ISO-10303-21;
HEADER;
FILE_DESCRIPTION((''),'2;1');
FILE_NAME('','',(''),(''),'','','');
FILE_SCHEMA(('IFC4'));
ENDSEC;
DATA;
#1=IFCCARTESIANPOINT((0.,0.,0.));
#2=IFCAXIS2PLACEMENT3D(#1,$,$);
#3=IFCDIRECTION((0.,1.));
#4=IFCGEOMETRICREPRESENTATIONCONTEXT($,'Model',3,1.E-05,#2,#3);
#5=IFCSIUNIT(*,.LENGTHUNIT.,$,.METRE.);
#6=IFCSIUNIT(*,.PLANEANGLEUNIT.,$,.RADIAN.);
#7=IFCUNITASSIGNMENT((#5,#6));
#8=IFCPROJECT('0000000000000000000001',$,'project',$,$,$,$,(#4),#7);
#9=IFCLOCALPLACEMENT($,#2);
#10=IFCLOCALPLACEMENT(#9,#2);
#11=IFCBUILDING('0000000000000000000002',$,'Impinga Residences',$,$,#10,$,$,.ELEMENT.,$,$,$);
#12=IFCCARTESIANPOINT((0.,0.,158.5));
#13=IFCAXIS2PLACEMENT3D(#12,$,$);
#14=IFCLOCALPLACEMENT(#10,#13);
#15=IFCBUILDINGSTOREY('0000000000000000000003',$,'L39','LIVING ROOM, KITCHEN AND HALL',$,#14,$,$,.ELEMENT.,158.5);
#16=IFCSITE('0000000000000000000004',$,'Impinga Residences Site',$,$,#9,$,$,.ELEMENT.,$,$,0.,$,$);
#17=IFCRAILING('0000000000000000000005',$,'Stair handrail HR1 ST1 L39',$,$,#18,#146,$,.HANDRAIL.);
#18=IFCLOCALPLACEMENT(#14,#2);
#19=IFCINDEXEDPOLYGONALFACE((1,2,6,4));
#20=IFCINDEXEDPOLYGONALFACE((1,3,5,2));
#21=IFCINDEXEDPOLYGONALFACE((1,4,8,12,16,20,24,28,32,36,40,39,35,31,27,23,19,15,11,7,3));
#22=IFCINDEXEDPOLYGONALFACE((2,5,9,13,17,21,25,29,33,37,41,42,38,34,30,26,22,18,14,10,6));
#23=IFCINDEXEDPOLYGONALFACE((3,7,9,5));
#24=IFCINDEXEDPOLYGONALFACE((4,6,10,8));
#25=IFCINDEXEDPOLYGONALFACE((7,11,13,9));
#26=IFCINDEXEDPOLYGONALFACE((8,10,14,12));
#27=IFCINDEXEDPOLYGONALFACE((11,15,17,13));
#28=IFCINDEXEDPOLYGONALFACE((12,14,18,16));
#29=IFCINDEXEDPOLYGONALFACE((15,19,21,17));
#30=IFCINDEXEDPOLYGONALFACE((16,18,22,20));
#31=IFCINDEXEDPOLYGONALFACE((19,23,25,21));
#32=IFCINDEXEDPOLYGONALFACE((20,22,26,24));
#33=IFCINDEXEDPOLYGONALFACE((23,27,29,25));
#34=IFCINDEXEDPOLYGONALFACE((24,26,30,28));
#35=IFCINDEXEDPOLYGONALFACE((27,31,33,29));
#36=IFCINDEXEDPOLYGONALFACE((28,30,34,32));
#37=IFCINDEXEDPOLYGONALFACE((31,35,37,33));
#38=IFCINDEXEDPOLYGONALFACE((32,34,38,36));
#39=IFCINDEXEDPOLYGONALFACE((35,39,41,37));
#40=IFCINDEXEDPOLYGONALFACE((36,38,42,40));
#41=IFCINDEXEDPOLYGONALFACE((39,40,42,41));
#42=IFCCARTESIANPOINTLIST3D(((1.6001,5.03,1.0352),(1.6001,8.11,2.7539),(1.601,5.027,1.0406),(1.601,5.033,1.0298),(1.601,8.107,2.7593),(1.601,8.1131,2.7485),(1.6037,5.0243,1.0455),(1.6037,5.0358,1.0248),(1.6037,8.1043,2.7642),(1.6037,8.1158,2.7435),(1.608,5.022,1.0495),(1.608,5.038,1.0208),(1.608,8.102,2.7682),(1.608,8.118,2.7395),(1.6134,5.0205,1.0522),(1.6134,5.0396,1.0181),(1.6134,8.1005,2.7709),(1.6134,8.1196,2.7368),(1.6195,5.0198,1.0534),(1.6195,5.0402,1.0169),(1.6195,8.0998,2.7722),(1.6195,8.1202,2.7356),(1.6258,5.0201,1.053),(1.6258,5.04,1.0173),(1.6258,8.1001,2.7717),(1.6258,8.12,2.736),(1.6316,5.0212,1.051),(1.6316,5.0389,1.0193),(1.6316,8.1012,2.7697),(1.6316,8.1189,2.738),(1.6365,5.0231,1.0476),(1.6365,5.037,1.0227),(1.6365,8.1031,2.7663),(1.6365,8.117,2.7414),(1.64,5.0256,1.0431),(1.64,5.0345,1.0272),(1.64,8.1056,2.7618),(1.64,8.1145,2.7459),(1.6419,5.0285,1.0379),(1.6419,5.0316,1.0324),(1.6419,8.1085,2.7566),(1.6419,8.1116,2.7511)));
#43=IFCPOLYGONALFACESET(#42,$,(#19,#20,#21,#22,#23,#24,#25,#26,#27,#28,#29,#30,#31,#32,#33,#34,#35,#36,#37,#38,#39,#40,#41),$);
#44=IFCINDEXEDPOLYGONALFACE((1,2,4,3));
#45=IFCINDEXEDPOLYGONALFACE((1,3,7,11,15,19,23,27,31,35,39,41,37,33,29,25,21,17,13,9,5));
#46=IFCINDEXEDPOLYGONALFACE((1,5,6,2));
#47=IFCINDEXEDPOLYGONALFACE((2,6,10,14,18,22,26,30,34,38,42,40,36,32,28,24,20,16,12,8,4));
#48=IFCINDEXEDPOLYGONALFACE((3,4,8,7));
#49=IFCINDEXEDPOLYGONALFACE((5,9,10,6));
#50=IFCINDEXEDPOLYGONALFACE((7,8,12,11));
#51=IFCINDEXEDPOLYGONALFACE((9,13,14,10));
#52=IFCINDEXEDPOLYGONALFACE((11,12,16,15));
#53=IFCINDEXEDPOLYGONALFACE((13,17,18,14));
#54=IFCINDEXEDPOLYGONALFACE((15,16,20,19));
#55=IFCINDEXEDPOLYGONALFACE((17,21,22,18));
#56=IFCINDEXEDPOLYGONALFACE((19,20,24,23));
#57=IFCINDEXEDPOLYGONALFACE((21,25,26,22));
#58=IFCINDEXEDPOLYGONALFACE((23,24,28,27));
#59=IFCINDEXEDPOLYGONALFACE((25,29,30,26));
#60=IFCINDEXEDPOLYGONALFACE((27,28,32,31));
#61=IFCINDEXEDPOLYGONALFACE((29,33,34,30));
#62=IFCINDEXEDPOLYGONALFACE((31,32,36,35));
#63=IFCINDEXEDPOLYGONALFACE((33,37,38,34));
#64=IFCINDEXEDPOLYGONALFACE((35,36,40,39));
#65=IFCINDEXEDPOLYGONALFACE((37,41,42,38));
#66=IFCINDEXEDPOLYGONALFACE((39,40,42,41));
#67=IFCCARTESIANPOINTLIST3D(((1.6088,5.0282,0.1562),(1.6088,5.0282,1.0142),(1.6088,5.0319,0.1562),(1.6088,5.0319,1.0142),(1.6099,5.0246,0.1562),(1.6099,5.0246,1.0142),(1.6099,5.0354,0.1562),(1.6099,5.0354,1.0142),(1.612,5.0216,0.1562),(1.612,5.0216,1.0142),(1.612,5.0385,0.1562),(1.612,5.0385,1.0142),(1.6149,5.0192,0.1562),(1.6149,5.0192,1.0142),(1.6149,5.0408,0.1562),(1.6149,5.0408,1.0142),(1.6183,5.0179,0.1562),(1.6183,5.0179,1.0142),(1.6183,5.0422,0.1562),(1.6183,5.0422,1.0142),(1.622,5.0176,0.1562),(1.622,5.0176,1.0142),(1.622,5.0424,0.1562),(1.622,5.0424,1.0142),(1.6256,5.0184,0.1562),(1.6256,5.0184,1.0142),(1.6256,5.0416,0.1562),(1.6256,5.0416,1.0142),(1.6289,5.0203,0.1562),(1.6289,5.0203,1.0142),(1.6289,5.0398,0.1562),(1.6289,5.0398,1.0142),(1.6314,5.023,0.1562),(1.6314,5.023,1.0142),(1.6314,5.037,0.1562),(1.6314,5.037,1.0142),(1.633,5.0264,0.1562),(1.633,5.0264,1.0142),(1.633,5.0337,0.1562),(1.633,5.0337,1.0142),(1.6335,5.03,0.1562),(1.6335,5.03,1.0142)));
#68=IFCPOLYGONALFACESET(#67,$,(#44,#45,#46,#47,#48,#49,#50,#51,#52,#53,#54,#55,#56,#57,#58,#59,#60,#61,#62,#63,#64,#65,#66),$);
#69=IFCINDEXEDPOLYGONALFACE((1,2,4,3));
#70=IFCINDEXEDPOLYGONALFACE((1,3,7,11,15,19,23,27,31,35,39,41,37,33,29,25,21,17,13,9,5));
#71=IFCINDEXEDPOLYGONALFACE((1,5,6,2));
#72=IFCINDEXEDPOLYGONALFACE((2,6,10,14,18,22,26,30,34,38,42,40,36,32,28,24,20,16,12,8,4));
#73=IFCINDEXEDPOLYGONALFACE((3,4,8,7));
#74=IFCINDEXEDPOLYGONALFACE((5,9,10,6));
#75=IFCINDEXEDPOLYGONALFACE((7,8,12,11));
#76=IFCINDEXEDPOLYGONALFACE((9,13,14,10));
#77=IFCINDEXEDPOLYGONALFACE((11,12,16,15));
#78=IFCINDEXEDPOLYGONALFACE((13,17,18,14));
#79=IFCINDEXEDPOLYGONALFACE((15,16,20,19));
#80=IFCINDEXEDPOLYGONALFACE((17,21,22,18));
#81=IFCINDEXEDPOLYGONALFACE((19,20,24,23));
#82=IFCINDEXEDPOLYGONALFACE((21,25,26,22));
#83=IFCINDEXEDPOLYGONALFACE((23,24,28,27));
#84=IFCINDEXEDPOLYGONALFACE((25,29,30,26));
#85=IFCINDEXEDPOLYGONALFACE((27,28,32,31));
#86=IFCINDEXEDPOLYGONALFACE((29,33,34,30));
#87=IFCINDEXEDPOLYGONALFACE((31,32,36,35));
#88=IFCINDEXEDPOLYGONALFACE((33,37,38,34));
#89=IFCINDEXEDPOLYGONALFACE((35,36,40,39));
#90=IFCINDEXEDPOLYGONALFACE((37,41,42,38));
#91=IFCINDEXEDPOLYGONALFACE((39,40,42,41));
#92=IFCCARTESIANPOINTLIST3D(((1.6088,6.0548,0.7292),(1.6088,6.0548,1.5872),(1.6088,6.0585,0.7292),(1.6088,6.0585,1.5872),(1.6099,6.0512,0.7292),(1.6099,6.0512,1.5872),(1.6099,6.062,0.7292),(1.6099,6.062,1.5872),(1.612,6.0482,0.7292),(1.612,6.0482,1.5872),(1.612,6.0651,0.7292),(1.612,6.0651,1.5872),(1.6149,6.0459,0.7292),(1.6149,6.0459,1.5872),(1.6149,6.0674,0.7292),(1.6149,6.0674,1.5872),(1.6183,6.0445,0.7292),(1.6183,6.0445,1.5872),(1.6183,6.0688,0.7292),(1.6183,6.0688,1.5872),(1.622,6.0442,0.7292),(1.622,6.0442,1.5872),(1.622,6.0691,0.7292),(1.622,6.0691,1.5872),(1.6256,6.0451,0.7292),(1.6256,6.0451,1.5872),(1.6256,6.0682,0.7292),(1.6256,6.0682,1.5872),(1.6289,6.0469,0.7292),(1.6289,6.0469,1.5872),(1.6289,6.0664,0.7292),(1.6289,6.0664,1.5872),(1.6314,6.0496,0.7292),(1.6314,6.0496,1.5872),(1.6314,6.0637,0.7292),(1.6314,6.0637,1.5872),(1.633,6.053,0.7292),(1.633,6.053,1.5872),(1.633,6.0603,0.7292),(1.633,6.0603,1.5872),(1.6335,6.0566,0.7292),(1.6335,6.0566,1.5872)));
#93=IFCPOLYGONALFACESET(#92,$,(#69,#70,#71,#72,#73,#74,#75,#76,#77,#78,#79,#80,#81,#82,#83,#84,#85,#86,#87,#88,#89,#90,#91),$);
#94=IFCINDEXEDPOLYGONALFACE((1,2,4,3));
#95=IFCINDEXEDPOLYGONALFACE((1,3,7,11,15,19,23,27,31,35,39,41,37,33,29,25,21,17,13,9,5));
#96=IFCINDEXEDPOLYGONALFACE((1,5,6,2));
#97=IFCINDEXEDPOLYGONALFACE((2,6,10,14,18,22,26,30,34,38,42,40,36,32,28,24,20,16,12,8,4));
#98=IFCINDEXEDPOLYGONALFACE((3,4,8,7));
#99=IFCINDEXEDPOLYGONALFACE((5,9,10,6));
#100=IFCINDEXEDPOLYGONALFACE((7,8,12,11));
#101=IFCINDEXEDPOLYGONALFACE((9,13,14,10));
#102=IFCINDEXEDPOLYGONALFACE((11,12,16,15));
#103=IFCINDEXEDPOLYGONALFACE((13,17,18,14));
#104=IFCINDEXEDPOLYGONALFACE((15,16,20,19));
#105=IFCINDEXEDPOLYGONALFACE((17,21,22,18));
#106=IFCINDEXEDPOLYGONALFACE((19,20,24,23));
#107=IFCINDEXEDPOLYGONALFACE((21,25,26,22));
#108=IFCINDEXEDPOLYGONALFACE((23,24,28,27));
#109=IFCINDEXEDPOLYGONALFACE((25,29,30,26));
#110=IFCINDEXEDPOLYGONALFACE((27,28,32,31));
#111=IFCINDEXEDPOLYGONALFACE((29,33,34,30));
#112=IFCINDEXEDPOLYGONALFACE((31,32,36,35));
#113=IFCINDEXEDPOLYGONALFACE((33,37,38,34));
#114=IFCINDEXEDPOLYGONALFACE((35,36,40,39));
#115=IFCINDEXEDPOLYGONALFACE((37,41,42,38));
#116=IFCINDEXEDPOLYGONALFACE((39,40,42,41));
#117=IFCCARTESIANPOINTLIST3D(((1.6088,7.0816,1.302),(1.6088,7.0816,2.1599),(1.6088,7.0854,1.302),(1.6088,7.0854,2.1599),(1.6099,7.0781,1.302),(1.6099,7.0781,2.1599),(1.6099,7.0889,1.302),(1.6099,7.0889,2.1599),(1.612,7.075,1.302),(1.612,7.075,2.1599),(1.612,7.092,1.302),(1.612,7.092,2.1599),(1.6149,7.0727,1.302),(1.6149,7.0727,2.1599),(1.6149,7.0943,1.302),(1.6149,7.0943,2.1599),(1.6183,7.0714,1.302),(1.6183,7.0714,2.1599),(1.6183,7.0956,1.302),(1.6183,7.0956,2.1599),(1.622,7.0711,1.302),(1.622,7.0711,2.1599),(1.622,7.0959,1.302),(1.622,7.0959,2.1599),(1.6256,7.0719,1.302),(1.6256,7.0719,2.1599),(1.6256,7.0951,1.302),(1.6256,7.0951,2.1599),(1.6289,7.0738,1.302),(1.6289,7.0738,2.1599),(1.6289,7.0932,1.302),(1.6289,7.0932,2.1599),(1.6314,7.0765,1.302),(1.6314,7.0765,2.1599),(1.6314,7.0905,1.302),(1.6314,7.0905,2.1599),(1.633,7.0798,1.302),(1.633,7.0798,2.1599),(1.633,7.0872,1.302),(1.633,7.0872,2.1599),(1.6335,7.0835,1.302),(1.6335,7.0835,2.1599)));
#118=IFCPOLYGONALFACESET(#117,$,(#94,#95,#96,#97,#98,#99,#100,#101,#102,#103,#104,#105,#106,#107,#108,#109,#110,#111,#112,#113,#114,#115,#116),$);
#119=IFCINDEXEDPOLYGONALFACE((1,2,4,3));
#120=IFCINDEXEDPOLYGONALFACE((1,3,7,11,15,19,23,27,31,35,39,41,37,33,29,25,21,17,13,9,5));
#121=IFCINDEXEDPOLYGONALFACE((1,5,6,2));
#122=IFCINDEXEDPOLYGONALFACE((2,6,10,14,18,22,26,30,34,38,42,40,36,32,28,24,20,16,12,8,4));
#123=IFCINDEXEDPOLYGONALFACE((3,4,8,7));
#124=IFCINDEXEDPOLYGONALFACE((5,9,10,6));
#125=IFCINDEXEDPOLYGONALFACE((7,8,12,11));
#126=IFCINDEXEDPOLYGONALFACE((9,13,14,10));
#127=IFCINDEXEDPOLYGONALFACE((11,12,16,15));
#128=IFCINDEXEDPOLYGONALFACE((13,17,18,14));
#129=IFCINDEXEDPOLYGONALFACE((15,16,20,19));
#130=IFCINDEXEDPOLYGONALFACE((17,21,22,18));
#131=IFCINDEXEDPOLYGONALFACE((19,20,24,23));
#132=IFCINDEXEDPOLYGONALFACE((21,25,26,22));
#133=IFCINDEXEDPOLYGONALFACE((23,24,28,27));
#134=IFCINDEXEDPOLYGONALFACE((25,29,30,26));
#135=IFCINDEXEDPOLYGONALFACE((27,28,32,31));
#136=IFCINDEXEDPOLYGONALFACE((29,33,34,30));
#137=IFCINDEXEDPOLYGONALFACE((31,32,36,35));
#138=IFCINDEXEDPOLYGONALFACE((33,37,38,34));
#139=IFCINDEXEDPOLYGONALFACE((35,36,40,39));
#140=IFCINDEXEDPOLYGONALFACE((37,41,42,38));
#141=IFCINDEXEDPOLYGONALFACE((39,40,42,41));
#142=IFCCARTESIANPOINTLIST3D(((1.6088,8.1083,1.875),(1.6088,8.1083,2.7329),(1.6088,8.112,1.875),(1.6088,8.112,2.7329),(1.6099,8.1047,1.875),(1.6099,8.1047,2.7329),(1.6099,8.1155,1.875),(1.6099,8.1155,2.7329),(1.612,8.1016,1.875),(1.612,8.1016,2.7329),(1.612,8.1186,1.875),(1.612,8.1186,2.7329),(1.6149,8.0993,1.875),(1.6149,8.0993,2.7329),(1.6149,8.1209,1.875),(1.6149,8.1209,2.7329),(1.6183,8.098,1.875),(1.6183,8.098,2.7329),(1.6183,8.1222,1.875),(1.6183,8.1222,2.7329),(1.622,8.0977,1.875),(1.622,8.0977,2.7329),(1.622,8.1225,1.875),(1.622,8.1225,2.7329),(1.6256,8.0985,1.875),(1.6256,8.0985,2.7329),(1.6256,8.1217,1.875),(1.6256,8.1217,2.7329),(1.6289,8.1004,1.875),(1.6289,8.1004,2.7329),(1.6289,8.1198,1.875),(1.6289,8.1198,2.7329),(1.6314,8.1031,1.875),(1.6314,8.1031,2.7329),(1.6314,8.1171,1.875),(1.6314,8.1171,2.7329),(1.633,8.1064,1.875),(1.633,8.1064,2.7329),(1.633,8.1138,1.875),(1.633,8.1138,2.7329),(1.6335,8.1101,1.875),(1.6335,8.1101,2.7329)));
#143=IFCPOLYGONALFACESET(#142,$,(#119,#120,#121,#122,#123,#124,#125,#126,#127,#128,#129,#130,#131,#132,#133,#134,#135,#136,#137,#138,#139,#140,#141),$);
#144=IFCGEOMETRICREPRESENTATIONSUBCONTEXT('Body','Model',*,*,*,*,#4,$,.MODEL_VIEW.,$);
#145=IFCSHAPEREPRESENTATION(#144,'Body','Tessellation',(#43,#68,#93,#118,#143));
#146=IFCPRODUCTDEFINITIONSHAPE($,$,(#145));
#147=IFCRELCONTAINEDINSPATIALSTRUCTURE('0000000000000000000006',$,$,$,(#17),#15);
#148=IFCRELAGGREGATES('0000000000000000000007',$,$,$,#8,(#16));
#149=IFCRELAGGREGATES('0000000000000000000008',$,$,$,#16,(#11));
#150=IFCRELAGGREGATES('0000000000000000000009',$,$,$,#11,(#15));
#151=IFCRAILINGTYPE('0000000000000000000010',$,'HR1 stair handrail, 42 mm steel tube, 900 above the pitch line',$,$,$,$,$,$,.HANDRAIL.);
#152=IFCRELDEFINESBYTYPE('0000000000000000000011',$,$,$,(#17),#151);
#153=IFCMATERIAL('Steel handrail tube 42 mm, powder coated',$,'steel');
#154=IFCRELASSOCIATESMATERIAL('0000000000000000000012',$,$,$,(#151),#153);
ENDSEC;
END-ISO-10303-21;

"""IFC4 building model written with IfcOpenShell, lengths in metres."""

from ifc_helpers import new_model, si_unit, direction, frame, origin, origin_2d, place, context, subcontext, project, spatial, circle, extrude, material, type_object, element, save


model = new_model("IFC4")

# Units and contexts
model_context = context("Model", 3, precision=1e-05, world=origin(), true_north=direction((0.0, 1.0)))
body_context = subcontext(model_context, "Body", "Model", "MODEL_VIEW")
ifc_project = project(units=[si_unit("LENGTHUNIT", "METRE"), si_unit("PLANEANGLEUNIT", "RADIAN")], contexts=[model_context])

# Site, building, storey
site_placement = place(None, origin())
site = spatial("IfcSite", under=ifc_project, at=site_placement, Name="Impinga Residences Site", CompositionType="ELEMENT", RefElevation=0.0)
building_placement = place(site_placement, origin())
building = spatial("IfcBuilding", under=site, at=building_placement, Name="Impinga Residences", CompositionType="ELEMENT")
storey_placement = place(building_placement, frame((0.0, 0.0, 158.5)))
storey = spatial("IfcBuildingStorey", under=building, at=storey_placement, Name="L39", Description="LIVING ROOM, KITCHEN AND HALL", CompositionType="ELEMENT", Elevation=158.5)

# Railing
ifc_material_1 = material(Name="Steel handrail tube 42 mm, powder coated", Category="steel")
railing_type_1 = type_object("IfcRailingType", Name="HR1 stair handrail, 42 mm steel tube, 900 above the pitch line", PredefinedType="HANDRAIL", material=ifc_material_1)
railing_1_placement = place(storey_placement, frame((1.6211, 5.03, 0.1562)))
element("IfcRailing", 1, at=railing_1_placement, inside=storey, type_object=railing_type_1, Name="Stair handrail HR1 ST1 L39", PredefinedType="HANDRAIL", context=body_context, shape_type="SweptSolid", body=[
    extrude(circle(Radius=0.021, at=origin_2d()), frame((0.0, 0.0, 0.8789), z_axis=(0.0, 0.873242, 0.487288), x_axis=(-1.0, 0.0, 0.0)), (0.0, 0.0, 1.0), 3.5271),
    extrude(circle(Radius=0.0125, at=origin_2d()), origin(), (0.0, 0.0, 1.0), 0.8579),
    extrude(circle(Radius=0.0125, at=origin_2d()), frame((0.0, 1.0266, 0.573)), (0.0, 0.0, 1.0), 0.8579),
    extrude(circle(Radius=0.0125, at=origin_2d()), frame((0.0, 2.0535, 1.1458)), (0.0, 0.0, 1.0), 0.8579),
    extrude(circle(Radius=0.0125, at=origin_2d()), frame((0.0, 3.0801, 1.7188)), (0.0, 0.0, 1.0), 0.8579),
])

save(model, "model.ifc")
